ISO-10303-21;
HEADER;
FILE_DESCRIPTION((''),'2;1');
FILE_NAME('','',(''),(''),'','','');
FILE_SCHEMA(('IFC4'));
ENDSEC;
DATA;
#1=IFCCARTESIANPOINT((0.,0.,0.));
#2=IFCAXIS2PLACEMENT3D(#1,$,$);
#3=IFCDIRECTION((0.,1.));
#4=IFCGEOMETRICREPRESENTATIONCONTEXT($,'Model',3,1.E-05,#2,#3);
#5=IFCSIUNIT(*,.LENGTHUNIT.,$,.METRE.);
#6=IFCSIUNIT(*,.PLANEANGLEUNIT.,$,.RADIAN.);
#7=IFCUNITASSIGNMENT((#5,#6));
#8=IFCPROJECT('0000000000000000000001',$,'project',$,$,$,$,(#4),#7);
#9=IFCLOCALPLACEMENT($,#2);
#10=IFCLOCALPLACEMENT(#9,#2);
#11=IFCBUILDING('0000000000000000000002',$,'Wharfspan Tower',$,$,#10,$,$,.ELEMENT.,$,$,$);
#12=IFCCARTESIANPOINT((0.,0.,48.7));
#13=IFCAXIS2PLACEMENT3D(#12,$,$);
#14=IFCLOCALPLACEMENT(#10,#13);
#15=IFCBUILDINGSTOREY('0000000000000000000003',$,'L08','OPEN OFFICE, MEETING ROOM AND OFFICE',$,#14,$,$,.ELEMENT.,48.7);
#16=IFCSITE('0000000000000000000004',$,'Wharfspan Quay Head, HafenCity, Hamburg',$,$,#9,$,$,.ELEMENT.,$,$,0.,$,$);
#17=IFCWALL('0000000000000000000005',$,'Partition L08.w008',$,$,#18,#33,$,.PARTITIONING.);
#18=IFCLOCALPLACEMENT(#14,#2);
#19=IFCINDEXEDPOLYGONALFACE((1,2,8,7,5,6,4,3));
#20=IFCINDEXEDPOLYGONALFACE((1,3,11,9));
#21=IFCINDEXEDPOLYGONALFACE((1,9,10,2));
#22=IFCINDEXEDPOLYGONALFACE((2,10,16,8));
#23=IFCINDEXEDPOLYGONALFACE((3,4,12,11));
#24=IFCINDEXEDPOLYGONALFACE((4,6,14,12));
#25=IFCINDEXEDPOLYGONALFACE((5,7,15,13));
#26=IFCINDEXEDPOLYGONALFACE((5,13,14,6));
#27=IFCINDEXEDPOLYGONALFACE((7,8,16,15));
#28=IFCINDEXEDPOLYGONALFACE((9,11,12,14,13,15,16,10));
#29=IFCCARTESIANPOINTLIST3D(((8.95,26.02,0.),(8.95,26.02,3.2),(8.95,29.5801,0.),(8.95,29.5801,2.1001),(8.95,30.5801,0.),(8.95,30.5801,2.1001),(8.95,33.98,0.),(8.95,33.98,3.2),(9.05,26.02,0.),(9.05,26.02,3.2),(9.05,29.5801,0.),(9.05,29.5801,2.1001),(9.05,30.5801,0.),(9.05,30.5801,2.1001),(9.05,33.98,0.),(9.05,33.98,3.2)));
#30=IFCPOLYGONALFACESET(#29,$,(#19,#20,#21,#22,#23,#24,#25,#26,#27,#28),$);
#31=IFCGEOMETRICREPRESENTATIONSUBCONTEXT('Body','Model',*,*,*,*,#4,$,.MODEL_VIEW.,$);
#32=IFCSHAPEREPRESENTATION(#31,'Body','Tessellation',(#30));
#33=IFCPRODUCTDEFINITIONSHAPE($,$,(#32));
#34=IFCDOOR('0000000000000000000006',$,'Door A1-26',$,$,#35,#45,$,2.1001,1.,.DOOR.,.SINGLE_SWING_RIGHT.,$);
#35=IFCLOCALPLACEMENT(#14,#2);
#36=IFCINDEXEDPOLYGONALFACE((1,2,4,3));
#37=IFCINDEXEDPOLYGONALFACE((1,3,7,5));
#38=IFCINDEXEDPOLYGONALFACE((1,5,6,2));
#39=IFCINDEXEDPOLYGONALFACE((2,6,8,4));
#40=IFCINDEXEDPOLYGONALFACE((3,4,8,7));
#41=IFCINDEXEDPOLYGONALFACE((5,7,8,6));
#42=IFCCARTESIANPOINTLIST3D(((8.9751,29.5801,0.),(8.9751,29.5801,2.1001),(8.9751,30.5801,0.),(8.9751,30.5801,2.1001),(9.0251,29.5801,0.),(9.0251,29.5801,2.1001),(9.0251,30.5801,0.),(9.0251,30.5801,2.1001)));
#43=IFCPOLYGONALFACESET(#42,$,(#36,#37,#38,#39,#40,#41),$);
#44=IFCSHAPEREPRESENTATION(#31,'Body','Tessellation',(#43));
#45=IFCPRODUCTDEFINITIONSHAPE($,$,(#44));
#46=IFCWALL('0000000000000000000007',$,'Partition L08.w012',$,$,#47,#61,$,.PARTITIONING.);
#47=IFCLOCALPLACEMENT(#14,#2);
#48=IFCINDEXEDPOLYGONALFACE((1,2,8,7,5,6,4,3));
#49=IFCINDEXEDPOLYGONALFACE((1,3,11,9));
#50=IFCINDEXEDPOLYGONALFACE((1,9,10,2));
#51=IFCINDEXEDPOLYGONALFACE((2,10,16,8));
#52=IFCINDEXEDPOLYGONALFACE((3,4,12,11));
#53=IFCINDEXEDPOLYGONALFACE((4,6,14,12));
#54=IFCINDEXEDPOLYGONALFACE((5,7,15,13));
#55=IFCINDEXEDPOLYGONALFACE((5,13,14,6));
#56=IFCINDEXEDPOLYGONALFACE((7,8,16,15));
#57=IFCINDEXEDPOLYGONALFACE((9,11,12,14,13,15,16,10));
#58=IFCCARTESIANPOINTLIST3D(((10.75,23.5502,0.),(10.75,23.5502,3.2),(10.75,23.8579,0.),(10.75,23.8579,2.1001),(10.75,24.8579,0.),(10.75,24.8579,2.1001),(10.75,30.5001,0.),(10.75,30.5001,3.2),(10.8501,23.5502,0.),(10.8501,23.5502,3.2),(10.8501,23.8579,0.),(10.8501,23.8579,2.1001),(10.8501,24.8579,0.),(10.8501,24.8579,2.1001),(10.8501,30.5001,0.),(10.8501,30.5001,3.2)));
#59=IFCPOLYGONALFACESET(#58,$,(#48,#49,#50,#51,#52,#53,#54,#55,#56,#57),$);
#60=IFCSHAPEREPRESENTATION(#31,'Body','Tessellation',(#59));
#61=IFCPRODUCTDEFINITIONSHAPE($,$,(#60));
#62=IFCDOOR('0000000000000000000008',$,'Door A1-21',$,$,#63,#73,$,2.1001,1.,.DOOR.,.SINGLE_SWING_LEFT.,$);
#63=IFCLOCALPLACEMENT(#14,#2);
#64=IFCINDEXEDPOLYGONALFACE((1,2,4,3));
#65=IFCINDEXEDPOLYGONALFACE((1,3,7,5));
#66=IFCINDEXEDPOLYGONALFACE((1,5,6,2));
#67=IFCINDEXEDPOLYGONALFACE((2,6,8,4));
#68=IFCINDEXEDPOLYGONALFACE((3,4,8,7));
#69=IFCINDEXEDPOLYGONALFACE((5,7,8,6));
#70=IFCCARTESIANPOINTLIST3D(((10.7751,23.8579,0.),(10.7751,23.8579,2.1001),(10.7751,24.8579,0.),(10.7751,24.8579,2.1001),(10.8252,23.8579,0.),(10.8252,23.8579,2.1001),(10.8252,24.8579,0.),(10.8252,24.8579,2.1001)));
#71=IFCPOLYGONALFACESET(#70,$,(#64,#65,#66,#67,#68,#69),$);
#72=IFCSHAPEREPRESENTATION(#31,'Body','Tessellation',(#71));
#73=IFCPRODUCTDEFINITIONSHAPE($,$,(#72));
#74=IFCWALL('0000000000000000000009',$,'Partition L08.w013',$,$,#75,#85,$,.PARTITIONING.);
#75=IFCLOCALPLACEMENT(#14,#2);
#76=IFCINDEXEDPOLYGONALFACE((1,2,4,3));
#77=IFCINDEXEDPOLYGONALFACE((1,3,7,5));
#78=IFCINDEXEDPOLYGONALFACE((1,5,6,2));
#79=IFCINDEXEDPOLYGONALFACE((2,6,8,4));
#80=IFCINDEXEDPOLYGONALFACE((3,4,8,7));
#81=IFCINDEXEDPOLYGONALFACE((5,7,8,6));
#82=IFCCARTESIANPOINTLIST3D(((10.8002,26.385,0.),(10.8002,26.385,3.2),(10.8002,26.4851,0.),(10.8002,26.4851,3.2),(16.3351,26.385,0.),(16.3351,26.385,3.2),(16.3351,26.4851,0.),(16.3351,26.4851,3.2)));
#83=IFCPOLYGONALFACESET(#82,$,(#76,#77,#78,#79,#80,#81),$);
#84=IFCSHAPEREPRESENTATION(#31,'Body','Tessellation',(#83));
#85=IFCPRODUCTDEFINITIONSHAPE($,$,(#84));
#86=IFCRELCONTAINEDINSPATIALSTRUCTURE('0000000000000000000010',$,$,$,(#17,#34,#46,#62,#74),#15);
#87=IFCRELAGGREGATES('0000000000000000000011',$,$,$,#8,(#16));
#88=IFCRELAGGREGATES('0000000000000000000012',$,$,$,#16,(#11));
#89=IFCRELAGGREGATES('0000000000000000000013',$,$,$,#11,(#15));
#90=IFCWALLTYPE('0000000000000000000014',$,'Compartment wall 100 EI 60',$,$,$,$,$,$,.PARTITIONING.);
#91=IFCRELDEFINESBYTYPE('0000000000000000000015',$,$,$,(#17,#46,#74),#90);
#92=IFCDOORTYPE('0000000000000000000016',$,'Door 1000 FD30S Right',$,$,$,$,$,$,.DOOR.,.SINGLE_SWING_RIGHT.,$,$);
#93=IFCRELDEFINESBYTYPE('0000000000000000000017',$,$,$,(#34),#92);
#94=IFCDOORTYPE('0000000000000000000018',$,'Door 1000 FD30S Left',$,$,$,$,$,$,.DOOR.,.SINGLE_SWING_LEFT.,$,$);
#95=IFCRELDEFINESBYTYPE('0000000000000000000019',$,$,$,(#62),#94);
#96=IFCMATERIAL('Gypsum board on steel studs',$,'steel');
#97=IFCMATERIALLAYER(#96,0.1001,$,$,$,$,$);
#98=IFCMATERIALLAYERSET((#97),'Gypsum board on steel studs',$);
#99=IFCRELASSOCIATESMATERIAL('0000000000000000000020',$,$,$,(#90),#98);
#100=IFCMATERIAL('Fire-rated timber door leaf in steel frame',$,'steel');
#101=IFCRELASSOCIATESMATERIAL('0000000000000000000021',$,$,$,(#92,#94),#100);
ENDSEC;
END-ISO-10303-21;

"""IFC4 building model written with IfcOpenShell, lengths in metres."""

from ifc_helpers import new_model, si_unit, direction, frame, frame_2d, origin, place, context, subcontext, project, spatial, rectangle, extrude, material, layer, layer_set, type_object, element, fill, save


model = new_model("IFC4")

# Units and contexts
model_context = context("Model", 3, precision=1e-05, world=origin(), true_north=direction((0.0, 1.0)))
body_context = subcontext(model_context, "Body", "Model", "MODEL_VIEW")
ifc_project = project(units=[si_unit("LENGTHUNIT", "METRE"), si_unit("PLANEANGLEUNIT", "RADIAN")], contexts=[model_context])

# Site, building, storey
site_placement = place(None, origin())
site = spatial("IfcSite", under=ifc_project, at=site_placement, Name="Wharfspan Quay Head, HafenCity, Hamburg", CompositionType="ELEMENT", RefElevation=0.0)
building_placement = place(site_placement, origin())
building = spatial("IfcBuilding", under=site, at=building_placement, Name="Wharfspan Tower", CompositionType="ELEMENT")
storey_placement = place(building_placement, frame((0.0, 0.0, 48.7)))
storey = spatial("IfcBuildingStorey", under=building, at=storey_placement, Name="L08", Description="OPEN OFFICE, MEETING ROOM AND OFFICE", CompositionType="ELEMENT", Elevation=48.7)

# Walls, openings, doors
ifc_material_1 = material(Name="Gypsum board on steel studs", Category="steel")
ifc_layer = layer(ifc_material_1, 0.1001)
ifc_layer_set = layer_set([ifc_layer], Name="Gypsum board on steel studs")
wall_type = type_object("IfcWallType", Name="Compartment wall 100 EI 60", PredefinedType="PARTITIONING", material=ifc_layer_set)
wall_1_placement = place(storey_placement, frame((9.0, 26.02, 0.0), z_axis=(0.0, 0.0, 1.0), x_axis=(0.0, 1.0, 0.0)))
wall_1 = element("IfcWall", 1, at=wall_1_placement, inside=storey, type_object=wall_type, Name="Partition L08.w008", PredefinedType="PARTITIONING", context=body_context, shape_type="SweptSolid", body=[
    extrude(rectangle(XDim=7.96, YDim=0.1001, at=frame_2d((3.98, 0.0))), origin(), (0.0, 0.0, 1.0), 3.2),
])
opening_1_placement = place(wall_1_placement, frame((3.5601, 0.0, 0.0)))
opening_1 = element("IfcOpeningElement", 2, at=opening_1_placement, cuts=wall_1, PredefinedType="OPENING", context=body_context, shape_type="SweptSolid", body=[
    extrude(rectangle(XDim=1.0, YDim=2.1001, at=frame_2d((0.5, 1.05))), frame((0.0, 0.0601, 0.0), z_axis=(0.0, -1.0, 0.0), x_axis=(1.0, 0.0, 0.0)), (0.0, 0.0, 1.0), 0.1201),
])
ifc_material_2 = material(Name="Fire-rated timber door leaf in steel frame", Category="steel")
door_type_1 = type_object("IfcDoorType", Name="Door 1000 FD30S Right", OperationType="SINGLE_SWING_RIGHT", PredefinedType="DOOR", material=ifc_material_2)
door_1_placement = place(opening_1_placement, origin())
door_1 = element("IfcDoor", 3, at=door_1_placement, inside=storey, type_object=door_type_1, Name="Door A1-26", OperationType="SINGLE_SWING_RIGHT", OverallHeight=2.1001, OverallWidth=1.0, PredefinedType="DOOR", context=body_context, shape_type="SweptSolid", body=[
    extrude(rectangle(XDim=1.0, YDim=2.1001, at=frame_2d((0.5, 1.05))), frame((0.0, 0.0249, 0.0), z_axis=(0.0, -1.0, 0.0), x_axis=(1.0, 0.0, 0.0)), (0.0, 0.0, 1.0), 0.05),
])
fill(opening_1, door_1)
wall_2_placement = place(storey_placement, frame((10.8, 23.55, 0.0), z_axis=(0.0, 0.0, 1.0), x_axis=(0.0, 1.0, 0.0)))
wall_2 = element("IfcWall", 4, at=wall_2_placement, inside=storey, type_object=wall_type, Name="Partition L08.w012", PredefinedType="PARTITIONING", context=body_context, shape_type="SweptSolid", body=[
    extrude(rectangle(XDim=6.95, YDim=0.1001, at=frame_2d((3.4751, 0.0))), origin(), (0.0, 0.0, 1.0), 3.2),
])
opening_2_placement = place(wall_2_placement, frame((0.3079, 0.0, 0.0)))
opening_2 = element("IfcOpeningElement", 5, at=opening_2_placement, cuts=wall_2, PredefinedType="OPENING", context=body_context, shape_type="SweptSolid", body=[
    extrude(rectangle(XDim=1.0, YDim=2.1001, at=frame_2d((0.5, 1.05))), frame((0.0, 0.0601, 0.0), z_axis=(0.0, -1.0, 0.0), x_axis=(1.0, 0.0, 0.0)), (0.0, 0.0, 1.0), 0.1201),
])
door_type_2 = type_object("IfcDoorType", Name="Door 1000 FD30S Left", OperationType="SINGLE_SWING_LEFT", PredefinedType="DOOR", material=ifc_material_2)
door_2_placement = place(opening_2_placement, origin())
door_2 = element("IfcDoor", 6, at=door_2_placement, inside=storey, type_object=door_type_2, Name="Door A1-21", OperationType="SINGLE_SWING_LEFT", OverallHeight=2.1001, OverallWidth=1.0, PredefinedType="DOOR", context=body_context, shape_type="SweptSolid", body=[
    extrude(rectangle(XDim=1.0, YDim=2.1001, at=frame_2d((0.5, 1.05))), frame((0.0, 0.0249, 0.0), z_axis=(0.0, -1.0, 0.0), x_axis=(1.0, 0.0, 0.0)), (0.0, 0.0, 1.0), 0.05),
])
fill(opening_2, door_2)

# Wall
wall_3_placement = place(storey_placement, frame((10.8, 26.4351, 0.0), z_axis=(0.0, 0.0, 1.0), x_axis=(1.0, 0.0, 0.0)))
element("IfcWall", 7, at=wall_3_placement, inside=storey, type_object=wall_type, Name="Partition L08.w013", PredefinedType="PARTITIONING", context=body_context, shape_type="SweptSolid", body=[
    extrude(rectangle(XDim=5.5349, YDim=0.1001, at=frame_2d((2.7676, 0.0))), origin(), (0.0, 0.0, 1.0), 3.2),
])

save(model, "model.ifc")
